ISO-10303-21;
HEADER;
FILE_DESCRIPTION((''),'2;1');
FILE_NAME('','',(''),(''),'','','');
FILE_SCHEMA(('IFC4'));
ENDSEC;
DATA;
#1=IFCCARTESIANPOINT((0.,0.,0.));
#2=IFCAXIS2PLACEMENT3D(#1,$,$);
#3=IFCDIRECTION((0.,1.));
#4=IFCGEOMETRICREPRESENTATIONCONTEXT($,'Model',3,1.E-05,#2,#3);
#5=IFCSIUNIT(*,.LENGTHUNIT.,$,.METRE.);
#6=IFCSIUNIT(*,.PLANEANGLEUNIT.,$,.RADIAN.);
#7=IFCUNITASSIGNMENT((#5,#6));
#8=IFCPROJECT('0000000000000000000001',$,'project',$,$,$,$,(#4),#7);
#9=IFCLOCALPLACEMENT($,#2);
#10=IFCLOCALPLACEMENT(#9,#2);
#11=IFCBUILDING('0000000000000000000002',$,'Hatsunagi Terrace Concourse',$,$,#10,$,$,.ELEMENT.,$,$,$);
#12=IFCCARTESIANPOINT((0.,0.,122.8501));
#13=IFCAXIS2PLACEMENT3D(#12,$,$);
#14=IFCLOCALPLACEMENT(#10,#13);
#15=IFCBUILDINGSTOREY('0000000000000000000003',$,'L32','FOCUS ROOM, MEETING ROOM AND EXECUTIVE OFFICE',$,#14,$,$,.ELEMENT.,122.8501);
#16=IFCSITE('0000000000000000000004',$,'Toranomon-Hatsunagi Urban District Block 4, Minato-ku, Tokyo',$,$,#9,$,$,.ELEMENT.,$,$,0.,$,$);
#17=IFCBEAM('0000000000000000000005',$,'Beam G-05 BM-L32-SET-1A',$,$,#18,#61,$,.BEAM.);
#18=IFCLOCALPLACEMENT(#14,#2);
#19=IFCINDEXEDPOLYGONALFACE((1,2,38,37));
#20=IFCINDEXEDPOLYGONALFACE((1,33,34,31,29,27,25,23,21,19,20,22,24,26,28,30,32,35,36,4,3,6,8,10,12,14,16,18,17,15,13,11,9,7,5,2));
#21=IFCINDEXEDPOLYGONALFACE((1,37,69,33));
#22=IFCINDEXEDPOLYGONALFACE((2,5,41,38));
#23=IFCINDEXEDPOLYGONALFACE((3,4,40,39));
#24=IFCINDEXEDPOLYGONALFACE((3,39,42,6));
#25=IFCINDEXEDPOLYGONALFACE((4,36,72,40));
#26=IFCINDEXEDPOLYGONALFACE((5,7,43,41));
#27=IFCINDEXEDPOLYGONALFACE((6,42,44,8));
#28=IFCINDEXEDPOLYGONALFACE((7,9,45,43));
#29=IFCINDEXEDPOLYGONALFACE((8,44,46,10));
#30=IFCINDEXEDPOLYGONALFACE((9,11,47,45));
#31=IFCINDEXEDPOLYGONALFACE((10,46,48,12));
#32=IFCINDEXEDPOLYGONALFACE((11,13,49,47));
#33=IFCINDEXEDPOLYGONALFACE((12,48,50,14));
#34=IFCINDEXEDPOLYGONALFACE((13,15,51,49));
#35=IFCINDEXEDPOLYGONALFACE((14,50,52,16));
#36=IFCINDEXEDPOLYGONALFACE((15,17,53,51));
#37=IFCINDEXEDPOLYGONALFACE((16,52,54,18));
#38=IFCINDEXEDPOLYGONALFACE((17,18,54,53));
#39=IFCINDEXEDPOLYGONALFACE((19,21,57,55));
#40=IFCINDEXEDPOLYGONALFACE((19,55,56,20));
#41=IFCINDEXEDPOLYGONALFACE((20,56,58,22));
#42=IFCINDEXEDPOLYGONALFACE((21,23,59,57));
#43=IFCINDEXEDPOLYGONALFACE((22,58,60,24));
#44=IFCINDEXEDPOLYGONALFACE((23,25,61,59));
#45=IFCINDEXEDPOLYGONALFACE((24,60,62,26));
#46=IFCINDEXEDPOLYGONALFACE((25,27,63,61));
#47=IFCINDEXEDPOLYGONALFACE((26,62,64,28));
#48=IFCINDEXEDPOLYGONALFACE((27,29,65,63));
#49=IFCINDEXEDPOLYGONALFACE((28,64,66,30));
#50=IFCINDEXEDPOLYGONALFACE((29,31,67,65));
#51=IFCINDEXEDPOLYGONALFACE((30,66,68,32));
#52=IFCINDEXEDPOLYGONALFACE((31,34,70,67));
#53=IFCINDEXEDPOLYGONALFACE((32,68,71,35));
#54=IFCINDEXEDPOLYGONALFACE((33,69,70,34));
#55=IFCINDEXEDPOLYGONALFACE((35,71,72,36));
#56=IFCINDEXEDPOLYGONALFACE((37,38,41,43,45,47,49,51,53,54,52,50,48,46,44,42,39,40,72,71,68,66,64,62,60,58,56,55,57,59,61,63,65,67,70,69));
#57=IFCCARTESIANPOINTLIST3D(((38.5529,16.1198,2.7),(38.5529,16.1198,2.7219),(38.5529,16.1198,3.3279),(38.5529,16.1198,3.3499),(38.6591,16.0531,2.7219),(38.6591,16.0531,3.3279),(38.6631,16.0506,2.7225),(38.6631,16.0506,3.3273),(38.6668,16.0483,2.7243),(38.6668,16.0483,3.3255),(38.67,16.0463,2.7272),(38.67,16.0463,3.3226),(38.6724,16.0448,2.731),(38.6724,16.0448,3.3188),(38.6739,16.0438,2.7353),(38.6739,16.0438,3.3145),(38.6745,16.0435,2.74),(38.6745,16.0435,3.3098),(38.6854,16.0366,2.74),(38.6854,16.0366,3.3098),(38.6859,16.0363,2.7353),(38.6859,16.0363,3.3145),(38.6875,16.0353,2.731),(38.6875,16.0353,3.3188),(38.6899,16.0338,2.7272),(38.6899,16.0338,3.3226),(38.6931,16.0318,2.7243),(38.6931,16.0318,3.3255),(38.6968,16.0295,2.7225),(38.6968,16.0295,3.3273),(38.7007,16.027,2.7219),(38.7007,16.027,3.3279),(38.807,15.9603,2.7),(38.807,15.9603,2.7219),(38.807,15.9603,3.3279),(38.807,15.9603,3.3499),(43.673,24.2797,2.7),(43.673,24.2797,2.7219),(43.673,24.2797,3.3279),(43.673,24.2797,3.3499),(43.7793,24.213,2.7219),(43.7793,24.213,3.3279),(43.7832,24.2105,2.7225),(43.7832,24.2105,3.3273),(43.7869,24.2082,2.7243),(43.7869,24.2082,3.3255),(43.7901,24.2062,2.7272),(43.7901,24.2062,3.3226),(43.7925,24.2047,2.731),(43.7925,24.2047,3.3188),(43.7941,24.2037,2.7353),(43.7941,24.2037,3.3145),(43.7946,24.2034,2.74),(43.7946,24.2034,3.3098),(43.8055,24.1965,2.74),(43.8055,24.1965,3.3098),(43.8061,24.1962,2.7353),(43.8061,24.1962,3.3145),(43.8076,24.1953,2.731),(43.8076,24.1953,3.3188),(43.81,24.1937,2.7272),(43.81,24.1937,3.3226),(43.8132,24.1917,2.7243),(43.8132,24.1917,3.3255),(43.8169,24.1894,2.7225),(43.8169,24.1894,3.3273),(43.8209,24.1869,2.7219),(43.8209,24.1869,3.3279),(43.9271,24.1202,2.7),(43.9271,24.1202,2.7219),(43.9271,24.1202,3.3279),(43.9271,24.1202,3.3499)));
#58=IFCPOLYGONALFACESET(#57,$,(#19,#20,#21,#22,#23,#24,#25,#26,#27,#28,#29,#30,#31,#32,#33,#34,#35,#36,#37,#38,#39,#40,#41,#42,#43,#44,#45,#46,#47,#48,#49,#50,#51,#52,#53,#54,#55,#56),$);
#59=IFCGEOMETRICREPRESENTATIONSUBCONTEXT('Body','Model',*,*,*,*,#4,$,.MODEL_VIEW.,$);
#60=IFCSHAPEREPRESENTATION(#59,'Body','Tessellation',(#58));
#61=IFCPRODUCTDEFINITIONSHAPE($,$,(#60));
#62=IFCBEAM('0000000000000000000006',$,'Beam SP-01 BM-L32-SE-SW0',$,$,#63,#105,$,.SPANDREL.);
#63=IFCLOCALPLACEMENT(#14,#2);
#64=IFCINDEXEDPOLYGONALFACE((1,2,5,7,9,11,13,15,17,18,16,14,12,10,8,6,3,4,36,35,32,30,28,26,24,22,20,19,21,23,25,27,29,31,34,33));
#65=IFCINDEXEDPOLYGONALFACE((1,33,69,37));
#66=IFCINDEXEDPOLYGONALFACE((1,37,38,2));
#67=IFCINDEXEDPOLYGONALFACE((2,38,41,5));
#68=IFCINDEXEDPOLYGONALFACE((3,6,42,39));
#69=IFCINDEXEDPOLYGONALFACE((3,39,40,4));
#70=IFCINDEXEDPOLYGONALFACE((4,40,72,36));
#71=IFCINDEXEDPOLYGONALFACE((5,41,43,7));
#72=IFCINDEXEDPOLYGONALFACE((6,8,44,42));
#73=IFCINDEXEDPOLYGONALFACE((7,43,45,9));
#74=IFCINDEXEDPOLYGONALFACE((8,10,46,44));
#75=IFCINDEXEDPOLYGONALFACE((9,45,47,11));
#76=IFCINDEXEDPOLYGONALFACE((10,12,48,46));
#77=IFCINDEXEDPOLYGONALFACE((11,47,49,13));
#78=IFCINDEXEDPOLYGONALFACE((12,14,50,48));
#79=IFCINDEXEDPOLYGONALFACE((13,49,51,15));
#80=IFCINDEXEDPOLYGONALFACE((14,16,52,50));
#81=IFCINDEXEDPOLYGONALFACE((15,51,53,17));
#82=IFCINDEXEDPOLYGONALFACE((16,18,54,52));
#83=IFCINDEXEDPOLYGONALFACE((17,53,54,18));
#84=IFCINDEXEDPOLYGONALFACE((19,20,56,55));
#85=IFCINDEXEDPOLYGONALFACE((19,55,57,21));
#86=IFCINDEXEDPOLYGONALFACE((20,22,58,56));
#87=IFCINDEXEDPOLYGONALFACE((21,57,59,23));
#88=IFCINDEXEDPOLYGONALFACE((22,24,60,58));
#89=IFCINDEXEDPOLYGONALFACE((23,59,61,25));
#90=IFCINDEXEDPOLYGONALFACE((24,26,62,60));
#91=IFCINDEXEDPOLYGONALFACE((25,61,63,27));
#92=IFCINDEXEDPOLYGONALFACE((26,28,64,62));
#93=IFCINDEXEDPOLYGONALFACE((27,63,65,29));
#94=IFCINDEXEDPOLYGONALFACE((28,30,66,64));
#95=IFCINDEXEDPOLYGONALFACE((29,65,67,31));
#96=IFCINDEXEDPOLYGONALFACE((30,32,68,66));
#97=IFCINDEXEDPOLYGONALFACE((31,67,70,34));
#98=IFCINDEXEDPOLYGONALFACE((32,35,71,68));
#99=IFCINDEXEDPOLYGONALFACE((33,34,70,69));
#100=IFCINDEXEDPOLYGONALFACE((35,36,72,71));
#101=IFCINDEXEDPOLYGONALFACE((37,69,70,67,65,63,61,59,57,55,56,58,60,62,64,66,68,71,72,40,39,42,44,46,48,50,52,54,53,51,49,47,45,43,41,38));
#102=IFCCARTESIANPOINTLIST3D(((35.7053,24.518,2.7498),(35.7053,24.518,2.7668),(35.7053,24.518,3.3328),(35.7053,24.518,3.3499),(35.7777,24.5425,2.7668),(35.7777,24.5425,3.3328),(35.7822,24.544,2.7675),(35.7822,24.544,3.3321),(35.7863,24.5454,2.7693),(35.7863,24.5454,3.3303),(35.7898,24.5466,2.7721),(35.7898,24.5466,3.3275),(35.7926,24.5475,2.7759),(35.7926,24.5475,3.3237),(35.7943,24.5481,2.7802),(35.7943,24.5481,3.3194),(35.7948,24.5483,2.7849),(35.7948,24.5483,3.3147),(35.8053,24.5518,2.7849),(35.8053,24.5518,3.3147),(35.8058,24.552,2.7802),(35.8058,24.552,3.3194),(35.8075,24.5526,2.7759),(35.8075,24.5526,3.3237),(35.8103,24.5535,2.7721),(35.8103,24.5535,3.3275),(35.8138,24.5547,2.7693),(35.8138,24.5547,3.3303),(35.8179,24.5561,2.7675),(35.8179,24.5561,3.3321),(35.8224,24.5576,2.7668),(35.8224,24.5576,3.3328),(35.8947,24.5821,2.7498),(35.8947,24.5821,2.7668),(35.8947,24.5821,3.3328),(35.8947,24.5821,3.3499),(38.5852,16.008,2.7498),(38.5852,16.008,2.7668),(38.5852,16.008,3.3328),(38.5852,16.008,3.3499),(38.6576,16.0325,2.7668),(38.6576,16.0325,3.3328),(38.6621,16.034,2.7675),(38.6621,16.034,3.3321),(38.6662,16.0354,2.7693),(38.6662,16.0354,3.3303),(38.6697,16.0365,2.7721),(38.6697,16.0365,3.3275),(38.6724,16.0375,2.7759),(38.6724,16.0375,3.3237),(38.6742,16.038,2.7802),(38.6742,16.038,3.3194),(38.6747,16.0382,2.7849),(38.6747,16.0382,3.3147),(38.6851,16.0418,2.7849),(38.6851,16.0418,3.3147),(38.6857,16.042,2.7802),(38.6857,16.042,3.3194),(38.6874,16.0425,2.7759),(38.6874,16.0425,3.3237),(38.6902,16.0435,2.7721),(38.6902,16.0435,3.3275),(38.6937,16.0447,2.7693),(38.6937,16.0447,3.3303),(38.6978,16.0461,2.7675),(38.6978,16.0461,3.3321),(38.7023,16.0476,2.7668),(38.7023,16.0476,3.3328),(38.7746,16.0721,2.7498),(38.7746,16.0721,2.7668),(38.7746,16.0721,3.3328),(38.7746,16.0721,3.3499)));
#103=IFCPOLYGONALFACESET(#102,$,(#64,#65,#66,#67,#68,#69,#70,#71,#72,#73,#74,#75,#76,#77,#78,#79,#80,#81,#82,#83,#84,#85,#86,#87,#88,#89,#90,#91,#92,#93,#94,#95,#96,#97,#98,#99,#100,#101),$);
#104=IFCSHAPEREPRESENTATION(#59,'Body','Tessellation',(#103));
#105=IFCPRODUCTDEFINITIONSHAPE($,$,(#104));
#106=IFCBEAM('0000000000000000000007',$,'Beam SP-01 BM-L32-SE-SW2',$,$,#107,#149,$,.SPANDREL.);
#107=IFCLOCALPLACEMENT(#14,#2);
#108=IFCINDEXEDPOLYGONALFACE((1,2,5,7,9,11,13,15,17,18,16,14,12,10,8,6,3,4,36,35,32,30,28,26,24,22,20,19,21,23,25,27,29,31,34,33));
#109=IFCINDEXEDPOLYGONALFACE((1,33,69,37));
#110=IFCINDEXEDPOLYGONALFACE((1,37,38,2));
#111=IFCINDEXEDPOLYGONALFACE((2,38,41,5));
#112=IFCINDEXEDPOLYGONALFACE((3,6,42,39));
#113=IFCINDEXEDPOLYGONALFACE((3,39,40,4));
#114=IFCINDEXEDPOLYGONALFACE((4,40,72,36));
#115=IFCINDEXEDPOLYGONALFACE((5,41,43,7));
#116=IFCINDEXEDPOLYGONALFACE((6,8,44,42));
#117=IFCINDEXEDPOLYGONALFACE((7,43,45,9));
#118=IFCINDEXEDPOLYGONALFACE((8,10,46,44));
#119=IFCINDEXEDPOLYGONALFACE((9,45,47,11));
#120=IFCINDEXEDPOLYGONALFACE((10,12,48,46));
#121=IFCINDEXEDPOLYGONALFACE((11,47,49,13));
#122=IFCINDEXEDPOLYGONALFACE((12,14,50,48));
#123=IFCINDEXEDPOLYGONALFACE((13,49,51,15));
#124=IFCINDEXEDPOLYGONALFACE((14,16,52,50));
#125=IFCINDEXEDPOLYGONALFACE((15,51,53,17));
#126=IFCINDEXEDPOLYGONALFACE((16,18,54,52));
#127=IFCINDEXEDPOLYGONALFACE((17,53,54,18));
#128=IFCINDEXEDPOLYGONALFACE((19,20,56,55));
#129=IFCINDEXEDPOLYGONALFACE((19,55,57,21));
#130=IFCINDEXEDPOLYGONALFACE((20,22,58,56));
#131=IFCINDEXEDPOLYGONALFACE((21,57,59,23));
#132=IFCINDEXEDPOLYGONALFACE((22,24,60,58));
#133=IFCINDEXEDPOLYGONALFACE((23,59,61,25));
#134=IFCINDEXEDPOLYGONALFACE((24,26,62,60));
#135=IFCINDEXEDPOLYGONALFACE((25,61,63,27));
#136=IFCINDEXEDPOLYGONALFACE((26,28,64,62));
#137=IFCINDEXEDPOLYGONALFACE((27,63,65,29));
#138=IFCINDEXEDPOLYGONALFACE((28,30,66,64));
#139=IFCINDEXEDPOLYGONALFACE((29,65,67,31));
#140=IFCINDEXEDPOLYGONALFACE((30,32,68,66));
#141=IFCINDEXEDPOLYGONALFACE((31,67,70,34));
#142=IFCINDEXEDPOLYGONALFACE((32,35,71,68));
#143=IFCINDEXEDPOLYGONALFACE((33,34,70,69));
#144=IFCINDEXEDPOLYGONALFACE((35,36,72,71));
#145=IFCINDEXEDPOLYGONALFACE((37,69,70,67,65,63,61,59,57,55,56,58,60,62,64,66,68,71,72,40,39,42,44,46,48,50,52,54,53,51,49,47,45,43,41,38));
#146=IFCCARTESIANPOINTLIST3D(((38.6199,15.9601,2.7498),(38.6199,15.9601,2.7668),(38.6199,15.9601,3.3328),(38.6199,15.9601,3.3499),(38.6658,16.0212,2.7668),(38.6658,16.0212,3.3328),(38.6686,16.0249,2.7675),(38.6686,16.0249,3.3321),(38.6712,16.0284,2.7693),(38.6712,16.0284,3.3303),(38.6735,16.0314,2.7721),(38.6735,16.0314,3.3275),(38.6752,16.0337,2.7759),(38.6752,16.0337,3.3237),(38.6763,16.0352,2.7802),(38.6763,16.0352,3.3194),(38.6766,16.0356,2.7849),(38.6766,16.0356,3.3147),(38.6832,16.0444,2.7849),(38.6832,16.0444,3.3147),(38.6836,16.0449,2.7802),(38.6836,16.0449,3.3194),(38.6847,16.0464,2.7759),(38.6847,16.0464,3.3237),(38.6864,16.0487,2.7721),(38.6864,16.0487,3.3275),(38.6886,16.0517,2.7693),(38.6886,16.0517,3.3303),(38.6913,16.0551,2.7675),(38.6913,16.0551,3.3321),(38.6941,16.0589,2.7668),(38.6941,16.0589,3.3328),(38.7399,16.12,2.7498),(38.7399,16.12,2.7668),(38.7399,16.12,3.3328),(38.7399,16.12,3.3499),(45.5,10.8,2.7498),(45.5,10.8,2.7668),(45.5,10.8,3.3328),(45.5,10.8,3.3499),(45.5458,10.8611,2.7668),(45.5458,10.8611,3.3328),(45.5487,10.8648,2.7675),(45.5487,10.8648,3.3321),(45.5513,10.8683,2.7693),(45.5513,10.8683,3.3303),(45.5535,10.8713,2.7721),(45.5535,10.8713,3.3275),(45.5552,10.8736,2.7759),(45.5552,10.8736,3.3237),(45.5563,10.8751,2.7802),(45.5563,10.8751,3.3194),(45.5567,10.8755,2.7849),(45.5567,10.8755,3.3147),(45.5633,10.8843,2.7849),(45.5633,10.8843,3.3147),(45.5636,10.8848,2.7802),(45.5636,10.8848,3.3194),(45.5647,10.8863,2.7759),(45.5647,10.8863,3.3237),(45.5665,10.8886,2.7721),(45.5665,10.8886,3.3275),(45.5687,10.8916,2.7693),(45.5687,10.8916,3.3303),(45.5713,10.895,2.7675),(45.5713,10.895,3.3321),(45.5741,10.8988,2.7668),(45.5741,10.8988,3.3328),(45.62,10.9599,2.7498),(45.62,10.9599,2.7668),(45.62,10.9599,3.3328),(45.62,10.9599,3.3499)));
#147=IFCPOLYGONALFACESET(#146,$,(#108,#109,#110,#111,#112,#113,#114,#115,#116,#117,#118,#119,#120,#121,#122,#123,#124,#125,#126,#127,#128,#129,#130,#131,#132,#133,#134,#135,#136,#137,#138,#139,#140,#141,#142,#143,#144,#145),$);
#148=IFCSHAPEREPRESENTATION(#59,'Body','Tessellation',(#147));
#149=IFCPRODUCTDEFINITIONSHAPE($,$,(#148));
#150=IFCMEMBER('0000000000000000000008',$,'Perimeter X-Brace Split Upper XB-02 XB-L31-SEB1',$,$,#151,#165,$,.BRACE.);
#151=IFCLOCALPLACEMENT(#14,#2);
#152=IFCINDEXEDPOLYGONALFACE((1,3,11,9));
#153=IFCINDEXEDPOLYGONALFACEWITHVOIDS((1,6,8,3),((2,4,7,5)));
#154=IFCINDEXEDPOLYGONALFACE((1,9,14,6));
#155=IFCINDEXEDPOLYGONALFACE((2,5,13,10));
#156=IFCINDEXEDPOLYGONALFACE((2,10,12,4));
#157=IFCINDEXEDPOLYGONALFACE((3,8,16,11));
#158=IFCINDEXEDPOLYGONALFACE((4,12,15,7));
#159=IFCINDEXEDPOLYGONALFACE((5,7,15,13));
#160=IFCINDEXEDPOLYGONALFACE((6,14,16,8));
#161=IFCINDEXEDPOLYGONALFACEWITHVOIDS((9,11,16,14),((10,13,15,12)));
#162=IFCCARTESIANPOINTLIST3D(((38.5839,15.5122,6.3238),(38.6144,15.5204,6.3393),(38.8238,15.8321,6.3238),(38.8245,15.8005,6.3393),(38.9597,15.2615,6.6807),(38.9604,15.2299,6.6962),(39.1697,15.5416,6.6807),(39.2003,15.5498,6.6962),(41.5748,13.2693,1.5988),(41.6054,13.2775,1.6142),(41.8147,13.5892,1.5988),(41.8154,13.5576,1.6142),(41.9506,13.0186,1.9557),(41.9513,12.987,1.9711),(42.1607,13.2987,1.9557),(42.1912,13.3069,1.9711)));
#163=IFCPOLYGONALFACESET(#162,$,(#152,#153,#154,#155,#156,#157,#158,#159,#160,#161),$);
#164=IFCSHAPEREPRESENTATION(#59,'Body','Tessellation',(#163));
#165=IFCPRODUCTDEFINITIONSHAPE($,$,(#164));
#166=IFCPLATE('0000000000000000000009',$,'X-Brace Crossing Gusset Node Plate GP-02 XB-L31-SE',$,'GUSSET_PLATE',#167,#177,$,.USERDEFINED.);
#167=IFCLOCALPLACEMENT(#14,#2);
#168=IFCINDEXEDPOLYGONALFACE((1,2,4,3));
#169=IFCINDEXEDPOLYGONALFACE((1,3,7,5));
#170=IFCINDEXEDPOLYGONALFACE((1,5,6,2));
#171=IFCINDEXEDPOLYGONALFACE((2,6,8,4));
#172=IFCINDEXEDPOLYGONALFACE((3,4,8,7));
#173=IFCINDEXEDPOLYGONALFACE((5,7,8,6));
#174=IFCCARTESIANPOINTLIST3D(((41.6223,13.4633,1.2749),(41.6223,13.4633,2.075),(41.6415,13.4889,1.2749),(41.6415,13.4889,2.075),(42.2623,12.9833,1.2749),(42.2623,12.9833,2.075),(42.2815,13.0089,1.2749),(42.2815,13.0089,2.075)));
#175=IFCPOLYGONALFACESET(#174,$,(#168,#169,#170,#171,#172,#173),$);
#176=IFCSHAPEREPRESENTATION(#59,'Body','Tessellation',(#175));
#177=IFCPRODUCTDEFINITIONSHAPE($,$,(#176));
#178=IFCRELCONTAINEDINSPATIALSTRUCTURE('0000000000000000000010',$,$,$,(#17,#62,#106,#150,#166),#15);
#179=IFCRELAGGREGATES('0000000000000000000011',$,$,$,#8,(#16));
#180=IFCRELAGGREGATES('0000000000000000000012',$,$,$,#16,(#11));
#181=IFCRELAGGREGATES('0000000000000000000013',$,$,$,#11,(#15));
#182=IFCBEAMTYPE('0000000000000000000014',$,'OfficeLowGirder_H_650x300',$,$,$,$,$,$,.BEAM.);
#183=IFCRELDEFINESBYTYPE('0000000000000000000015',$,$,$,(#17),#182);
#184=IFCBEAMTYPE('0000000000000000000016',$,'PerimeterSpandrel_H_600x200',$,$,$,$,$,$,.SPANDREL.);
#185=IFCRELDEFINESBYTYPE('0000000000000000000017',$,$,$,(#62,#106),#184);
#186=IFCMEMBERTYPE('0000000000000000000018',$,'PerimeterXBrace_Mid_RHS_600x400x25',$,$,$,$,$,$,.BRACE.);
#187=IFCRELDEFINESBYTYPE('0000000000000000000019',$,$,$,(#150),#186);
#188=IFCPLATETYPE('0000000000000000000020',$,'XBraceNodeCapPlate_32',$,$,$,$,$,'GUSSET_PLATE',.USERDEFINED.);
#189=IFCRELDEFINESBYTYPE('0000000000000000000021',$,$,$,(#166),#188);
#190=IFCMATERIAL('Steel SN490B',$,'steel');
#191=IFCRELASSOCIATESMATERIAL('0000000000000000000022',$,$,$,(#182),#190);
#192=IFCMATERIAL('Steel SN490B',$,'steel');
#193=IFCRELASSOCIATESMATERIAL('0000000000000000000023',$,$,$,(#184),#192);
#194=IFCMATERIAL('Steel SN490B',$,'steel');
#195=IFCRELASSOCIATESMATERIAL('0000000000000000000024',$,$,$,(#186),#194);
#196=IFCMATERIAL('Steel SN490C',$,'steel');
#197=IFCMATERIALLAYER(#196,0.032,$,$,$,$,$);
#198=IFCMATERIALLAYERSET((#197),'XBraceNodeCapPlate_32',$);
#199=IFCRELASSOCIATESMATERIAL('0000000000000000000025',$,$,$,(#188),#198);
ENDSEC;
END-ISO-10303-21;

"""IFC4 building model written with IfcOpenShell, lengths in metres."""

from ifc_helpers import new_model, si_unit, direction, frame, origin, origin_2d, place, context, subcontext, project, spatial, rectangle, hollow_rectangle, i_section, extrude, material, layer, layer_set, material_profile, profile_set, type_object, element, save


model = new_model("IFC4")

# Units and contexts
model_context = context("Model", 3, precision=1e-05, world=origin(), true_north=direction((0.0, 1.0)))
body_context = subcontext(model_context, "Body", "Model", "MODEL_VIEW")
ifc_project = project(units=[si_unit("LENGTHUNIT", "METRE"), si_unit("PLANEANGLEUNIT", "RADIAN")], contexts=[model_context])

# Site, building, storey
site_placement = place(None, origin())
site = spatial("IfcSite", under=ifc_project, at=site_placement, Name="Toranomon-Hatsunagi Urban District Block 4, Minato-ku, Tokyo", CompositionType="ELEMENT", RefElevation=0.0)
building_placement = place(site_placement, origin())
building = spatial("IfcBuilding", under=site, at=building_placement, Name="Hatsunagi Terrace Concourse", CompositionType="ELEMENT")
storey_placement = place(building_placement, frame((0.0, 0.0, 122.8501)))
storey = spatial("IfcBuildingStorey", under=building, at=storey_placement, Name="L32", Description="FOCUS ROOM, MEETING ROOM AND EXECUTIVE OFFICE", CompositionType="ELEMENT", Elevation=122.8501)

# Beams
ifc_material_1 = material(Name="Steel SN490B", Category="steel")
ifc_material_profile_1 = material_profile(ifc_material_1, i_section(OverallWidth=0.3, OverallDepth=0.6499, WebThickness=0.0129, FlangeThickness=0.022, FilletRadius=0.0181, at=origin_2d()), Name="H-650x300x13x22")
ifc_profile_set_1 = profile_set([ifc_material_profile_1], Name="Steel SN490B")
beam_type_1 = type_object("IfcBeamType", Name="OfficeLowGirder_H_650x300", PredefinedType="BEAM", material=ifc_profile_set_1)
beam_1_placement = place(storey_placement, frame((38.6799, 16.04, 3.0249), z_axis=(0.531504, 0.847056, 0.0), x_axis=(-0.847056, 0.531504, 0.0)))
element("IfcBeam", 1, at=beam_1_placement, inside=storey, type_object=beam_type_1, Name="Beam G-05 BM-L32-SET-1A", PredefinedType="BEAM", context=body_context, shape_type="SweptSolid", body=[
    extrude(i_section(OverallWidth=0.3, OverallDepth=0.6499, WebThickness=0.0129, FlangeThickness=0.022, FilletRadius=0.0181, at=origin_2d()), origin(), (0.0, 0.0, 1.0), 9.6333),
])
ifc_material_2 = material(Name="Steel SN490B", Category="steel")
ifc_material_profile_2 = material_profile(ifc_material_2, i_section(OverallWidth=0.2, OverallDepth=0.6001, WebThickness=0.011, FlangeThickness=0.0171, FilletRadius=0.0181, at=origin_2d()), Name="H-600x200x11x17")
ifc_profile_set_2 = profile_set([ifc_material_profile_2], Name="Steel SN490B")
beam_type_2 = type_object("IfcBeamType", Name="PerimeterSpandrel_H_600x200", PredefinedType="SPANDREL", material=ifc_profile_set_2)
beam_2_placement = place(storey_placement, frame((35.8, 24.55, 3.0498), z_axis=(0.320553, -0.94723, 0.0), x_axis=(0.94723, 0.320553, 0.0)))
element("IfcBeam", 2, at=beam_2_placement, inside=storey, type_object=beam_type_2, Name="Beam SP-01 BM-L32-SE-SW0", PredefinedType="SPANDREL", context=body_context, shape_type="SweptSolid", body=[
    extrude(i_section(OverallWidth=0.2, OverallDepth=0.6001, WebThickness=0.011, FlangeThickness=0.0171, FilletRadius=0.0181, at=origin_2d()), origin(), (0.0, 0.0, 1.0), 8.9841),
])
beam_3_placement = place(storey_placement, frame((38.6799, 16.04, 3.0498), z_axis=(0.799997, -0.600005, 0.0), x_axis=(0.600005, 0.799997, 0.0)))
element("IfcBeam", 3, at=beam_3_placement, inside=storey, type_object=beam_type_2, Name="Beam SP-01 BM-L32-SE-SW2", PredefinedType="SPANDREL", context=body_context, shape_type="SweptSolid", body=[
    extrude(i_section(OverallWidth=0.2, OverallDepth=0.6001, WebThickness=0.011, FlangeThickness=0.0171, FilletRadius=0.0181, at=origin_2d()), origin(), (0.0, 0.0, 1.0), 8.6001),
])

# Member
ifc_material_3 = material(Name="Steel SN490B", Category="steel")
ifc_material_profile_3 = material_profile(ifc_material_3, hollow_rectangle(XDim=0.3999, YDim=0.6001, WallThickness=0.0249, at=origin_2d()), Name="RHS-600x400x25")
ifc_profile_set_3 = profile_set([ifc_material_profile_3], Name="Steel SN490B")
member_type = type_object("IfcMemberType", Name="PerimeterXBrace_Mid_RHS_600x400x25", PredefinedType="BRACE", material=ifc_profile_set_3)
member_placement = place(storey_placement, frame((38.8921, 15.531, 6.51), z_axis=(0.496409, -0.372256, -0.784222), x_axis=(0.599948, 0.800039, 0.0)))
element("IfcMember", 4, at=member_placement, inside=storey, type_object=member_type, Name="Perimeter X-Brace Split Upper XB-02 XB-L31-SEB1", PredefinedType="BRACE", context=body_context, shape_type="SweptSolid", body=[
    extrude(hollow_rectangle(XDim=0.3999, YDim=0.6001, WallThickness=0.0249, at=origin_2d()), origin(), (0.0, 0.0, 1.0), 6.0251),
])

# Plate
ifc_material_4 = material(Name="Steel SN490C", Category="steel")
ifc_layer_1 = layer(ifc_material_4, 0.032)
ifc_layer_set_1 = layer_set([ifc_layer_1], Name="XBraceNodeCapPlate_32")
plate_type = type_object("IfcPlateType", Name="XBraceNodeCapPlate_32", ElementType="GUSSET_PLATE", PredefinedType="USERDEFINED", material=ifc_layer_set_1)
plate_placement = place(storey_placement, frame((41.9519, 13.2361, 1.2749), z_axis=(0.0, 0.0, 1.0), x_axis=(0.8, -0.6, 0.0)))
element("IfcPlate", 5, at=plate_placement, inside=storey, type_object=plate_type, Name="X-Brace Crossing Gusset Node Plate GP-02 XB-L31-SE", ObjectType="GUSSET_PLATE", PredefinedType="USERDEFINED", context=body_context, shape_type="SweptSolid", body=[
    extrude(rectangle(XDim=0.8, YDim=0.032, at=origin_2d()), origin(), (0.0, 0.0, 1.0), 0.8),
])

save(model, "model.ifc")
